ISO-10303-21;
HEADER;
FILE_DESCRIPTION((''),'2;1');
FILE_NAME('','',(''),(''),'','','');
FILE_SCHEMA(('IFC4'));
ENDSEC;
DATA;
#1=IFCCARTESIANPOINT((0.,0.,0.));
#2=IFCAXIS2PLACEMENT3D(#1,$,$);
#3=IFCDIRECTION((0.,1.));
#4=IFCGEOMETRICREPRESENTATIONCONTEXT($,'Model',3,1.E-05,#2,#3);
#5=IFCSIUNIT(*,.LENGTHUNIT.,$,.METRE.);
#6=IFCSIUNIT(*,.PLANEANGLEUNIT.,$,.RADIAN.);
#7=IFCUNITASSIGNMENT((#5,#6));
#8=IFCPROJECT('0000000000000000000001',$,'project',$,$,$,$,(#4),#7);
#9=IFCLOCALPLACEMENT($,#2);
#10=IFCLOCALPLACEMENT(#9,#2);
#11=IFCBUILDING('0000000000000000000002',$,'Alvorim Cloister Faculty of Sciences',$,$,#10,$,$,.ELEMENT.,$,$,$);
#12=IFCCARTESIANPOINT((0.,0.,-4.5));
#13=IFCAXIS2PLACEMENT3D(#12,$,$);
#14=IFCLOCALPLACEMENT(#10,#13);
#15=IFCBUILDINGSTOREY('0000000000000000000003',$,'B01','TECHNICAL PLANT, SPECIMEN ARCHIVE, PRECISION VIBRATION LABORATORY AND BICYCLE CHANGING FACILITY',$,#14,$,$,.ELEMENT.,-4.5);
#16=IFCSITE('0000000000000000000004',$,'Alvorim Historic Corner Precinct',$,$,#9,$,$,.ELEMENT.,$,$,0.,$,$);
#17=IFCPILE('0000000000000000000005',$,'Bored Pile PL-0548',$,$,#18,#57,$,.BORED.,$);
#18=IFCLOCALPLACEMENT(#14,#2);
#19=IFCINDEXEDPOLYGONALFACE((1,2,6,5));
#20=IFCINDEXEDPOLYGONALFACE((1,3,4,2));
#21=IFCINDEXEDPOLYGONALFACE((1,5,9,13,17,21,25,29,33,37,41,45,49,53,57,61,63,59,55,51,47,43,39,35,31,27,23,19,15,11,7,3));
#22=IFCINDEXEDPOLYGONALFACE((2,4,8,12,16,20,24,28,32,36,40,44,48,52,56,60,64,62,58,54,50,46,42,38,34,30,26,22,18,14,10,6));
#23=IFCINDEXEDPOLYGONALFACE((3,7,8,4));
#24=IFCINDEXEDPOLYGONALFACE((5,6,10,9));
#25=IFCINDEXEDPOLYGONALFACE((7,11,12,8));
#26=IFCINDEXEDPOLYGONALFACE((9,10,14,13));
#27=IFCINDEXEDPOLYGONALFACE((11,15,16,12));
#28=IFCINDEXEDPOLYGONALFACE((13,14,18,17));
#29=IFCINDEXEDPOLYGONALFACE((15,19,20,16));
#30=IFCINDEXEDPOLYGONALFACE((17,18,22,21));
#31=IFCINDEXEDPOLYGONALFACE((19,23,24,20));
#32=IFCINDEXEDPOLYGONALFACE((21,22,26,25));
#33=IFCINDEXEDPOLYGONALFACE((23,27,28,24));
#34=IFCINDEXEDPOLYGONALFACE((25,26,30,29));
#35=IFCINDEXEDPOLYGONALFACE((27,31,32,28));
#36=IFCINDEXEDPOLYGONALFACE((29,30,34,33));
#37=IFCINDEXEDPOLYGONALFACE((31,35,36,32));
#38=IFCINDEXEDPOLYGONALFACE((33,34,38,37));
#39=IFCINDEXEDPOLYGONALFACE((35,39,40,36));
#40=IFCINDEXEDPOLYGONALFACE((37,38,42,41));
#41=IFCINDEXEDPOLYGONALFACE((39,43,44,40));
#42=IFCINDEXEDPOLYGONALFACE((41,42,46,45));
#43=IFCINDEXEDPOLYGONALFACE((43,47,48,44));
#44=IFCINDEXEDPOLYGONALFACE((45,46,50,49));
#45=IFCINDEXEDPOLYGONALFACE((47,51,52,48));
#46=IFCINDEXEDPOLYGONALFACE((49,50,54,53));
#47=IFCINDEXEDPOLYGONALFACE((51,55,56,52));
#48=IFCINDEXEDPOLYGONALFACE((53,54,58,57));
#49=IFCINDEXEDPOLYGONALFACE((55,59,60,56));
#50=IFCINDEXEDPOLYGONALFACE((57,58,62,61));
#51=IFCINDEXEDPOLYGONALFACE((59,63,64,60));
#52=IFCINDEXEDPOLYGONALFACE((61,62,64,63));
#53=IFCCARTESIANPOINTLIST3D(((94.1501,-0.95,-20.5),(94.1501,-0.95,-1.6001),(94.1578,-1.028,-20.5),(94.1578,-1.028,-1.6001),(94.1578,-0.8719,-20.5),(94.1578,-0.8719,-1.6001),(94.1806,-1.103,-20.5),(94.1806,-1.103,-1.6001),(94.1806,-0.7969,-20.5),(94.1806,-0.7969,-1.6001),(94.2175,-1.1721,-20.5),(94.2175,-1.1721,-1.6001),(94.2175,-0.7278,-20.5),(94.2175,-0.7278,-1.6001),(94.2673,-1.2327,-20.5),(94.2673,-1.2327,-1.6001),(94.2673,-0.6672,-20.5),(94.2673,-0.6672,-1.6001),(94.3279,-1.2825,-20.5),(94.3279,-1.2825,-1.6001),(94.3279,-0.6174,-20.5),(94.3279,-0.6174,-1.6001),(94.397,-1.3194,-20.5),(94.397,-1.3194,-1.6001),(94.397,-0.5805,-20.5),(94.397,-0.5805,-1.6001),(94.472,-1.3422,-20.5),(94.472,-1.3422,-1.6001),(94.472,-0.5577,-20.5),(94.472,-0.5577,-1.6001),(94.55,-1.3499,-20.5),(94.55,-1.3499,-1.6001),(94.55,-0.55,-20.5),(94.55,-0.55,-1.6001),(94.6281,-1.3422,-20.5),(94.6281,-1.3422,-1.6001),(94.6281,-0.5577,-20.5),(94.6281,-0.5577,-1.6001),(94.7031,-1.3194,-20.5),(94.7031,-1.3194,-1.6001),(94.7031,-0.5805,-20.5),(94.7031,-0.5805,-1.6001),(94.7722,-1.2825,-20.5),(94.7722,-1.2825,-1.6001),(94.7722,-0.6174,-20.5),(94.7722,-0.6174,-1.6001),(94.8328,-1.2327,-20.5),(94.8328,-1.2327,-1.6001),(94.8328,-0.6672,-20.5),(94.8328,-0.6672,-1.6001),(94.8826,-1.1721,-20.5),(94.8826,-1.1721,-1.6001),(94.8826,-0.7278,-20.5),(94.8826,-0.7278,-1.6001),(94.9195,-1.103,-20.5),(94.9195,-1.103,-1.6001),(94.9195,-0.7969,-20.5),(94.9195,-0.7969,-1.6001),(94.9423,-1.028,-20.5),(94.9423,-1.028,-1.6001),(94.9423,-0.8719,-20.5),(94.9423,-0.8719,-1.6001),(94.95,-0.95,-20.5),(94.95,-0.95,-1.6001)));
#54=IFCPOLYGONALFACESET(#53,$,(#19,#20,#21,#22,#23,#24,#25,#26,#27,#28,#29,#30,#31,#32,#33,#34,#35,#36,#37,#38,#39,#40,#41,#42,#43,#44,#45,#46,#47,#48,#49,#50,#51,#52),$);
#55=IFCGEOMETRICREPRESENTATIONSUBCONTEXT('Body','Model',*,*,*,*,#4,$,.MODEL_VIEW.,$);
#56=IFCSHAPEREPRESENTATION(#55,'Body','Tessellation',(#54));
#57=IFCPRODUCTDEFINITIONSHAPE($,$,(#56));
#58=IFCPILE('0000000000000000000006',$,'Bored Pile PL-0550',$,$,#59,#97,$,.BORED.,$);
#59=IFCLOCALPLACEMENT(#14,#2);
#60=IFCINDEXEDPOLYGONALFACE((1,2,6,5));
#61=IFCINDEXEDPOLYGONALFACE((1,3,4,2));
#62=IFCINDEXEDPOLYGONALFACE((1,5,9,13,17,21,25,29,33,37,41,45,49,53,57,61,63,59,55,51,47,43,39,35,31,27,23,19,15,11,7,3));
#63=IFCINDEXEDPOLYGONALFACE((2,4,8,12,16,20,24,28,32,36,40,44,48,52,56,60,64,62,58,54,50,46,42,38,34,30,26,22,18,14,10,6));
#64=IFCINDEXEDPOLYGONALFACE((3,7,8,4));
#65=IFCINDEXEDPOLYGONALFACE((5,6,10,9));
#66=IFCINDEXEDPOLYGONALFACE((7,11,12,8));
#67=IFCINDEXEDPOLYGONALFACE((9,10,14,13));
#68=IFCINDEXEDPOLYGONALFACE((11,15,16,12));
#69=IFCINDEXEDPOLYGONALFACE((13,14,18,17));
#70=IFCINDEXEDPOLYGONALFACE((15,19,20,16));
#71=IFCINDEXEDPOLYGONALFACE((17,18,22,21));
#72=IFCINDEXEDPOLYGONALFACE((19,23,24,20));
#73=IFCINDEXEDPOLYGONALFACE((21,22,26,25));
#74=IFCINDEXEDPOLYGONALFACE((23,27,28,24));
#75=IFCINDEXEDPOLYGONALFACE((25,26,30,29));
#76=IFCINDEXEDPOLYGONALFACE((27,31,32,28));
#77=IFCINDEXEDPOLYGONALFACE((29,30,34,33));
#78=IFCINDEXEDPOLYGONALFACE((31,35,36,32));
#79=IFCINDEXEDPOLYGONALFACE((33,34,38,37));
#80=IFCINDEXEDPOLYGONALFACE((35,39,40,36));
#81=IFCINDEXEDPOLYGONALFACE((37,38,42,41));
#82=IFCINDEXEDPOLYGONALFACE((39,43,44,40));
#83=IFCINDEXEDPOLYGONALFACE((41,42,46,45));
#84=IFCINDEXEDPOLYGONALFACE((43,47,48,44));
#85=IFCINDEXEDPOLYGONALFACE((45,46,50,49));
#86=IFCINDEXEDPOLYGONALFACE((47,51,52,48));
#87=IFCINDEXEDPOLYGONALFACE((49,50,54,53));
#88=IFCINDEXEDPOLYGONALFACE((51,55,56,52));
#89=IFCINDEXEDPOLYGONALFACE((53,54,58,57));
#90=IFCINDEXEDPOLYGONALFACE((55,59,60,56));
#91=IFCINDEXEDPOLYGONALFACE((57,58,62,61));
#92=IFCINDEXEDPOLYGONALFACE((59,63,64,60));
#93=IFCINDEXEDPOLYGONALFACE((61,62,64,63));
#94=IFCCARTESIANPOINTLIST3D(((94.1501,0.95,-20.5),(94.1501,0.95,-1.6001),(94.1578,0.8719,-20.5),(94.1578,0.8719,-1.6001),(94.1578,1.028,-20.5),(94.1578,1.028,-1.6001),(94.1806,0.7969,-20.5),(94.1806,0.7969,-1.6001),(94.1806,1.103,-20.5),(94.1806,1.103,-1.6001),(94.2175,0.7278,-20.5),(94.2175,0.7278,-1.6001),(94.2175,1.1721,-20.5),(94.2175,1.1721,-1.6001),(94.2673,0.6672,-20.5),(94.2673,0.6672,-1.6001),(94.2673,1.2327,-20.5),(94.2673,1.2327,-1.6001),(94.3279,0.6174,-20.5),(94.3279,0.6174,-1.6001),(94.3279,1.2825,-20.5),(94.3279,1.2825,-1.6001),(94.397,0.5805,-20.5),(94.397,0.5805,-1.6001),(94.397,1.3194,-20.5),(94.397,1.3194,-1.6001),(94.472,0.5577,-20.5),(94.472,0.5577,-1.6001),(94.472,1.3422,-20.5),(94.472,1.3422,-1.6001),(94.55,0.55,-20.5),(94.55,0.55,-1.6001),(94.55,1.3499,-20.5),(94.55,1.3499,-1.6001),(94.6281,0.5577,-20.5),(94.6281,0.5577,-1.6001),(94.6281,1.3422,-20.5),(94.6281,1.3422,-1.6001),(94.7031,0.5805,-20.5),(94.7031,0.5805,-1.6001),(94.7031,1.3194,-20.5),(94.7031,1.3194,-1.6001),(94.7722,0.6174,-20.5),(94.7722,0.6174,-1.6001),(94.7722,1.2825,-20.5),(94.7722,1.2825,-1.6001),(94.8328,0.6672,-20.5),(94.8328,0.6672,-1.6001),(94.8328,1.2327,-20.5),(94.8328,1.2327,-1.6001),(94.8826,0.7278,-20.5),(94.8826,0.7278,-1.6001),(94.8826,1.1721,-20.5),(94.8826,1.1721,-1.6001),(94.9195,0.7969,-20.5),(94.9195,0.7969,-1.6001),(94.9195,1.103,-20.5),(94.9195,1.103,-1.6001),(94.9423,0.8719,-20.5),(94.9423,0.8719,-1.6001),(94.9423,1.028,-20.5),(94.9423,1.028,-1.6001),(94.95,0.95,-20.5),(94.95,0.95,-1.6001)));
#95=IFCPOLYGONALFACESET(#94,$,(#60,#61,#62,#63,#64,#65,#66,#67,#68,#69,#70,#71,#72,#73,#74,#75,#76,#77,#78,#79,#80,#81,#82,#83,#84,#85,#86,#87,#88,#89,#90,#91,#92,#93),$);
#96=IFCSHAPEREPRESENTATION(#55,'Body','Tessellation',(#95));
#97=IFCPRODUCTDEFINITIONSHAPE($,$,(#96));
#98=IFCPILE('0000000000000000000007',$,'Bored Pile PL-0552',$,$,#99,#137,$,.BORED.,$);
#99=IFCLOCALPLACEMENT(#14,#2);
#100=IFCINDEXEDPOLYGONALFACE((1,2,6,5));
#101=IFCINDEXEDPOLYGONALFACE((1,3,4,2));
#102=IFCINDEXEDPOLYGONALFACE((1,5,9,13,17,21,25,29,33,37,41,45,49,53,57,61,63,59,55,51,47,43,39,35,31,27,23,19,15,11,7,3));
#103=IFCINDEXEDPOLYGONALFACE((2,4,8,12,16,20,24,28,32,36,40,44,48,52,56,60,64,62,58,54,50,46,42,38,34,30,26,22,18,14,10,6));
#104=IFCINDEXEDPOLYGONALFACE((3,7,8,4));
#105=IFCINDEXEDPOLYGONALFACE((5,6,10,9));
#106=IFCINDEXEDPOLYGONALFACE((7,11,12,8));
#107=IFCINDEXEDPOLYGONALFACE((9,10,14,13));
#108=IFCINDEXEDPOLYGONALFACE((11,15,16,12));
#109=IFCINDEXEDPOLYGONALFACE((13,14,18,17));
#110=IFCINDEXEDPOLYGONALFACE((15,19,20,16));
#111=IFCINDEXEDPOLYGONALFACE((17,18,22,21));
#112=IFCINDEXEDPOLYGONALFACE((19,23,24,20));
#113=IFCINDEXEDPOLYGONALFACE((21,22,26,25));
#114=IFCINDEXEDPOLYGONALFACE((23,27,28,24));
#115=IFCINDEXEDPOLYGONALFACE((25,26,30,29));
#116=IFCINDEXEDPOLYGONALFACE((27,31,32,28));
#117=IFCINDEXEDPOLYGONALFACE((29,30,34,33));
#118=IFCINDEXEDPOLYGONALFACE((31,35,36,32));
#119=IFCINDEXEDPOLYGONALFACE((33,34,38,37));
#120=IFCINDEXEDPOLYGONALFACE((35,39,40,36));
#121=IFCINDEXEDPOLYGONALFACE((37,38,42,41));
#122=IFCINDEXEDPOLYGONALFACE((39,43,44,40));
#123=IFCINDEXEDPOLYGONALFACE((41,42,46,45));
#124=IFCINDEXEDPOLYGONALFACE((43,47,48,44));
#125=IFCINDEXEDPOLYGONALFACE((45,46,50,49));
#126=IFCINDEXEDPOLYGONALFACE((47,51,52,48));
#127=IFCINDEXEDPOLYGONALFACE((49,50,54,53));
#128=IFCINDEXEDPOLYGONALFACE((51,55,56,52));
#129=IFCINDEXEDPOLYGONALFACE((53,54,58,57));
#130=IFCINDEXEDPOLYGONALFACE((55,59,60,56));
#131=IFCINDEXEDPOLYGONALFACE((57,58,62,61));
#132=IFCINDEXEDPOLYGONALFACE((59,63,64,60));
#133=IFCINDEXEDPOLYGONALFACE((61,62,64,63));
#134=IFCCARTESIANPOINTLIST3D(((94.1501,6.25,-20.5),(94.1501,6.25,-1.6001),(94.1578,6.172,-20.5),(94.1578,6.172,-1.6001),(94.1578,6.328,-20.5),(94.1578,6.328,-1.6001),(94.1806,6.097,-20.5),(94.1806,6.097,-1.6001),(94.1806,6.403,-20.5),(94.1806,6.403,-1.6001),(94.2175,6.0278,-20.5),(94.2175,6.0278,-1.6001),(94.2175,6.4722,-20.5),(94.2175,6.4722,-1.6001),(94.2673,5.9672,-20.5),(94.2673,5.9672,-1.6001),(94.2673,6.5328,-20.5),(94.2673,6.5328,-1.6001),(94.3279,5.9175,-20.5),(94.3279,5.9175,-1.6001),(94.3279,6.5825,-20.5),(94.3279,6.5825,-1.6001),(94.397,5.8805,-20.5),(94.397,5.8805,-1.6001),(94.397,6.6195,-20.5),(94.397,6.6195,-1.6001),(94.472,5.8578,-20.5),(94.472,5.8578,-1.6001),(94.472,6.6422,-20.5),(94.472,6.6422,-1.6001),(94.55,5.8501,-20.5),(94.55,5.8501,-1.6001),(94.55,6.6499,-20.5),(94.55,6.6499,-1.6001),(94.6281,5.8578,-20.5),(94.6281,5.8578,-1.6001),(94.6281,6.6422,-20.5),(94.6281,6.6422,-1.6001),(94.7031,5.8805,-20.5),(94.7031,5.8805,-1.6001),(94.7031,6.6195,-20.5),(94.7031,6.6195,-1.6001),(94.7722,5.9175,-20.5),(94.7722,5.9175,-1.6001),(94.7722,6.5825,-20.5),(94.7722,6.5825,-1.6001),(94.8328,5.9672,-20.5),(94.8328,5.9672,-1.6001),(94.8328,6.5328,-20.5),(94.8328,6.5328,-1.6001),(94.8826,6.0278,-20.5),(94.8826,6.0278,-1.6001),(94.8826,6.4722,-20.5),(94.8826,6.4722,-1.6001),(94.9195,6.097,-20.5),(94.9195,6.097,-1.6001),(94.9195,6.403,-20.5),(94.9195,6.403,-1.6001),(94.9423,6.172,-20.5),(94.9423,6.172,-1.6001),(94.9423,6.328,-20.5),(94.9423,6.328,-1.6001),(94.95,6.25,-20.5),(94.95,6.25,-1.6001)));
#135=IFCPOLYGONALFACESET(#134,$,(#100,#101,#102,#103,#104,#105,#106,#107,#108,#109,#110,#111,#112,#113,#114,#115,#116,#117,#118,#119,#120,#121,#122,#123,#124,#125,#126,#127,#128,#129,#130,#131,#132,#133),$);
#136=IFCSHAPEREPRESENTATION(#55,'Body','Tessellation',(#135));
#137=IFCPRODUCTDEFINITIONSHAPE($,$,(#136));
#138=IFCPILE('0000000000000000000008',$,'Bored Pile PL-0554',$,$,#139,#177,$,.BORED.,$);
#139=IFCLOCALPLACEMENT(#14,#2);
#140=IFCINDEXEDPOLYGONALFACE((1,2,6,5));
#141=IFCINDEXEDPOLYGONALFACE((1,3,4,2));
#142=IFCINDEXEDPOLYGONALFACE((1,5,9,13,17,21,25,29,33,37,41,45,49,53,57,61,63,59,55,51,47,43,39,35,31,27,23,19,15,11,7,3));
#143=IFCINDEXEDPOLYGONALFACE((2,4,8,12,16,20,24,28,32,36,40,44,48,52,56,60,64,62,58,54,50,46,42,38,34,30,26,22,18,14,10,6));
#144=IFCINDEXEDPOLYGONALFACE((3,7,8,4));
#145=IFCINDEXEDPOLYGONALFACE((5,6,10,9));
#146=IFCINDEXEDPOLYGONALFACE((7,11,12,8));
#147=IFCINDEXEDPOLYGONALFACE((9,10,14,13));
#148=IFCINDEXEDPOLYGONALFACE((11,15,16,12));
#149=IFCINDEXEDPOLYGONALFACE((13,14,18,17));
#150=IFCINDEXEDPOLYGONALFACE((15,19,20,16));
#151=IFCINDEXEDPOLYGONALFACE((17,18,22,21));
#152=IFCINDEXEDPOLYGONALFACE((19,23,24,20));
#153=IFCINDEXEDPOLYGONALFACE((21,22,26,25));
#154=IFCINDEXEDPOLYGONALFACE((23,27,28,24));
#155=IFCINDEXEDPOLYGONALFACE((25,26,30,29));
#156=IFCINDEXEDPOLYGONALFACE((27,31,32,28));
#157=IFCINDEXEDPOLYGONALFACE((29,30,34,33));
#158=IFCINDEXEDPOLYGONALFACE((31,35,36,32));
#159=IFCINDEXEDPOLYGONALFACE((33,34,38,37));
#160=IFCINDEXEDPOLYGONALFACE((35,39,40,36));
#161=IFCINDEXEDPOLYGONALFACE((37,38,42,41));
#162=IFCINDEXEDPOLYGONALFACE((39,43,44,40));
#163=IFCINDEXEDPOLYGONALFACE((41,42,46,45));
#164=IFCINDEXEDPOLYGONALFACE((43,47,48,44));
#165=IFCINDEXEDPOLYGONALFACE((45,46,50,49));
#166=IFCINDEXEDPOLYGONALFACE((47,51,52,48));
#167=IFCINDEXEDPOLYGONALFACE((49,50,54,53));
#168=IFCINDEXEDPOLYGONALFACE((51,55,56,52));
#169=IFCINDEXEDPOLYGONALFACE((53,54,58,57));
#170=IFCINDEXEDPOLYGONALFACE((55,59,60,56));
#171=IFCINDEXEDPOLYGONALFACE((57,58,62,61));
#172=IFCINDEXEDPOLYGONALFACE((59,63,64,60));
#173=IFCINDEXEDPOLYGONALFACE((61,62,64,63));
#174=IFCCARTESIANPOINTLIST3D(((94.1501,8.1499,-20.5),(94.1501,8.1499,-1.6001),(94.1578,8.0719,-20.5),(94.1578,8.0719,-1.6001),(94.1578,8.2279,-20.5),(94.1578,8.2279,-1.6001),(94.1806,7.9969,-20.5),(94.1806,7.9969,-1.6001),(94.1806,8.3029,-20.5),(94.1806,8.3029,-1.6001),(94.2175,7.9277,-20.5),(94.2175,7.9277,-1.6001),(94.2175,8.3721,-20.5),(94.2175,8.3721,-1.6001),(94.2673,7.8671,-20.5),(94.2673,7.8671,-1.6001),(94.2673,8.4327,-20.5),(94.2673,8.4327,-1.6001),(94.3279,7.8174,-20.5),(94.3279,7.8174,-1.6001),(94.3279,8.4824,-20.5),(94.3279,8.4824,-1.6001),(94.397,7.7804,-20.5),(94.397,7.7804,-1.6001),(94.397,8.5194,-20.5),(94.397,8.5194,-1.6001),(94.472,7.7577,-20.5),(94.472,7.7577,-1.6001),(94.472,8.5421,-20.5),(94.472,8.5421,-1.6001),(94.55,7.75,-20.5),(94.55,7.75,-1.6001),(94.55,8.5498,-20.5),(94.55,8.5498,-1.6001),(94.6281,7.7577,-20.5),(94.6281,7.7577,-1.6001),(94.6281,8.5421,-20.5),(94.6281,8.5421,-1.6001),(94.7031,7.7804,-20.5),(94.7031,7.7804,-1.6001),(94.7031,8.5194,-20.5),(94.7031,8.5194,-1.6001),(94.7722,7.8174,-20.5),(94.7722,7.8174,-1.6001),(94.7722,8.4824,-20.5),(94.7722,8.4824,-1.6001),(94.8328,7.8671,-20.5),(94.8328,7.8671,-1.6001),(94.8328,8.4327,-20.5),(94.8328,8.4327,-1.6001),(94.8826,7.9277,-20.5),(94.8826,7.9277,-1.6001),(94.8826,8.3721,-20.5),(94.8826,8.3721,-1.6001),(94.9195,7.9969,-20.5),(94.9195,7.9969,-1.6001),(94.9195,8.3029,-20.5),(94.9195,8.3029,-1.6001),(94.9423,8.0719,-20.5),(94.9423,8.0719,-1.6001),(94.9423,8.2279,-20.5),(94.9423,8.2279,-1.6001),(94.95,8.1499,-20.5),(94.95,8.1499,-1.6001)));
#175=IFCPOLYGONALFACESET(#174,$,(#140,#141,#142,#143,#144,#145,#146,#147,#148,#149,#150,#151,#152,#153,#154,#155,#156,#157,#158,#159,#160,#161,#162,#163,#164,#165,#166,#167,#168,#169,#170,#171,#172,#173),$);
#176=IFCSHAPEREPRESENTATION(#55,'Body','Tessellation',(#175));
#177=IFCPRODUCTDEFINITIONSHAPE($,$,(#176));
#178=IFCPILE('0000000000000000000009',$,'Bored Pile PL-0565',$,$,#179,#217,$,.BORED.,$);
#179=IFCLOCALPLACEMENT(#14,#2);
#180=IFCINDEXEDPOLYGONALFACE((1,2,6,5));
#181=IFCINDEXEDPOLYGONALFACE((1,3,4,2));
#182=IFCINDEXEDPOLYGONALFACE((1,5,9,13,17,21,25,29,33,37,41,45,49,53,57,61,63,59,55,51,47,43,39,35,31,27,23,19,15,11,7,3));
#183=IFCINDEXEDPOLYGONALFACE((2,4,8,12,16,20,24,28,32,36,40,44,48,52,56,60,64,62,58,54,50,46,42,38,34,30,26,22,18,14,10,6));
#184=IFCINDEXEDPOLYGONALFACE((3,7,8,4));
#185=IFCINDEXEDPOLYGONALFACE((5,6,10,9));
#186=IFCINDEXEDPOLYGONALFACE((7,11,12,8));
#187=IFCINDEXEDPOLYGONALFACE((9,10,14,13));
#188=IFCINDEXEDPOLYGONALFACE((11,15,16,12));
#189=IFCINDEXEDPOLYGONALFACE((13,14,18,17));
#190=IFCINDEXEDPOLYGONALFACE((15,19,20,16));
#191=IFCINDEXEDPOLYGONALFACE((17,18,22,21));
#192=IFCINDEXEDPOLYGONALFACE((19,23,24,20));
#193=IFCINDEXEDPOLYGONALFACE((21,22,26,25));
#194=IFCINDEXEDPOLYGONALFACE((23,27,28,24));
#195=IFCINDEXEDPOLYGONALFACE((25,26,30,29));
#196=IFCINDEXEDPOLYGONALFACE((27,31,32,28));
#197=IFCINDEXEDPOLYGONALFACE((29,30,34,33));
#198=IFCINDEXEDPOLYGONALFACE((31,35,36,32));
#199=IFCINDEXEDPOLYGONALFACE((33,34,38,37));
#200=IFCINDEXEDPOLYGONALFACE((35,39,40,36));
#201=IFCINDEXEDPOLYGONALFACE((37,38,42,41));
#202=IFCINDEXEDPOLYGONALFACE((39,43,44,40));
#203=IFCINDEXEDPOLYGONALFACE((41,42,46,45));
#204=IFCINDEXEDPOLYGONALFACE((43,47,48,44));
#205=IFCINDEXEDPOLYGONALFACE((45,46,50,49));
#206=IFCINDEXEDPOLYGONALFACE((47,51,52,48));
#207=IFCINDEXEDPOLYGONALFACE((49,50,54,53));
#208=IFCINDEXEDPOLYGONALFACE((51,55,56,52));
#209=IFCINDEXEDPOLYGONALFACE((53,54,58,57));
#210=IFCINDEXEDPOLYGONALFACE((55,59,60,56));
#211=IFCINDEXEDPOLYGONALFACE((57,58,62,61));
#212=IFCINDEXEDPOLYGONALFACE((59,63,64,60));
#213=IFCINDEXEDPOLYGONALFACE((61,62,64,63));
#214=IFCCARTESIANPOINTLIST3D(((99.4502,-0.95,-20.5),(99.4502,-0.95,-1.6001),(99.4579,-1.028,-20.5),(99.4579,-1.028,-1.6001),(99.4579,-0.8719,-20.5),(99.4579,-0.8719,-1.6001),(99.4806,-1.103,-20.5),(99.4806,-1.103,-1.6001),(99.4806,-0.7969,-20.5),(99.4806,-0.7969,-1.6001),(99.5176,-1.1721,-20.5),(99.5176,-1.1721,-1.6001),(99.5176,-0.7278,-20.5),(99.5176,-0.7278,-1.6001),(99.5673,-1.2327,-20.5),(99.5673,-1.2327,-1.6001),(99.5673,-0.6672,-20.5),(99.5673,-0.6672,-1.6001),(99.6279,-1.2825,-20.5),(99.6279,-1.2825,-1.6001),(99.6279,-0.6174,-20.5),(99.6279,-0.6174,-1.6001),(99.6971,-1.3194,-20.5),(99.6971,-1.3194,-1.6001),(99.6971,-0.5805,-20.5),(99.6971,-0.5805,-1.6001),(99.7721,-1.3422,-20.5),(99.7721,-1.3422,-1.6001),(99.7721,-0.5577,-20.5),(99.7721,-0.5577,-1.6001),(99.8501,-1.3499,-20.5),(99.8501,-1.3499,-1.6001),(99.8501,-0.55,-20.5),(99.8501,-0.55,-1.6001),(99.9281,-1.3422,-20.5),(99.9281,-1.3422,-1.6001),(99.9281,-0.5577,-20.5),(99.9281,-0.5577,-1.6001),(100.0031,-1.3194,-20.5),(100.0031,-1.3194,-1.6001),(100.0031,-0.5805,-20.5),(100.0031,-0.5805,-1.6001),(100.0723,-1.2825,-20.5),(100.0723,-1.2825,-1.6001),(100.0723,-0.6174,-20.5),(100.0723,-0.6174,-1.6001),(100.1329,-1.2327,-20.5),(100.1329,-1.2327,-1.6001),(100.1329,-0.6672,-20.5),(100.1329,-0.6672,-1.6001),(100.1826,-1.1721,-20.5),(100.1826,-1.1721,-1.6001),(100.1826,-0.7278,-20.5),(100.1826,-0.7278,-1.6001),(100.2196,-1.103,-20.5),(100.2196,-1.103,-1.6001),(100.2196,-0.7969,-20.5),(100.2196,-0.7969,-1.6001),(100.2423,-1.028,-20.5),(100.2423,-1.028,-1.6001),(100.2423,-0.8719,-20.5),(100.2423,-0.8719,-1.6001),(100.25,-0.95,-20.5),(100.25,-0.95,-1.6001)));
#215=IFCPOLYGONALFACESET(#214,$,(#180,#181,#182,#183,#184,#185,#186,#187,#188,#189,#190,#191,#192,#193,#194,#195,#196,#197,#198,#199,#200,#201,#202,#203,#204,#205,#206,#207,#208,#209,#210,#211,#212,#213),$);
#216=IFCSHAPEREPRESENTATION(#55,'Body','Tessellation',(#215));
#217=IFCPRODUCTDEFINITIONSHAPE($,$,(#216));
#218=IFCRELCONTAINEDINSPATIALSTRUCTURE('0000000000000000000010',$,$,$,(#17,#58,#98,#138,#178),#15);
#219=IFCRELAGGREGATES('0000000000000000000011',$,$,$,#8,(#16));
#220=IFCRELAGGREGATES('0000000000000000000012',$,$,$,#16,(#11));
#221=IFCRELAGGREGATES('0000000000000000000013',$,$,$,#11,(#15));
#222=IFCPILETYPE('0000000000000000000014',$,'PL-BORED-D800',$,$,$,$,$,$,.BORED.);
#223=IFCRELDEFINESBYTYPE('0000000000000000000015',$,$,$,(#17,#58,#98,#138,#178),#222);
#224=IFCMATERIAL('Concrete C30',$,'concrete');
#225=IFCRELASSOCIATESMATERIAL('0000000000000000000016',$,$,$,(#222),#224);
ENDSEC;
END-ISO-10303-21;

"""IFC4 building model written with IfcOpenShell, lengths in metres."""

from ifc_helpers import new_model, si_unit, direction, frame, origin, origin_2d, place, context, subcontext, project, spatial, circle, extrude, material, material_profile, profile_set, type_object, element, save


model = new_model("IFC4")

# Units and contexts
model_context = context("Model", 3, precision=1e-05, world=origin(), true_north=direction((0.0, 1.0)))
body_context = subcontext(model_context, "Body", "Model", "MODEL_VIEW")
ifc_project = project(units=[si_unit("LENGTHUNIT", "METRE"), si_unit("PLANEANGLEUNIT", "RADIAN")], contexts=[model_context])

# Site, building, storey
site_placement = place(None, origin())
site = spatial("IfcSite", under=ifc_project, at=site_placement, Name="Alvorim Historic Corner Precinct", CompositionType="ELEMENT", RefElevation=0.0)
building_placement = place(site_placement, origin())
building = spatial("IfcBuilding", under=site, at=building_placement, Name="Alvorim Cloister Faculty of Sciences", CompositionType="ELEMENT")
storey_placement = place(building_placement, frame((0.0, 0.0, -4.5)))
storey = spatial("IfcBuildingStorey", under=building, at=storey_placement, Name="B01", Description="TECHNICAL PLANT, SPECIMEN ARCHIVE, PRECISION VIBRATION LABORATORY AND BICYCLE CHANGING FACILITY", CompositionType="ELEMENT", Elevation=-4.5)

# Piles
ifc_material_1 = material(Name="Concrete C30", Category="concrete")
ifc_material_profile_1 = material_profile(ifc_material_1, circle(Radius=0.3999, at=origin_2d()), Name="PILE-D800")
ifc_profile_set_1 = profile_set([ifc_material_profile_1], Name="Concrete C30")
pile_type_1 = type_object("IfcPileType", Name="PL-BORED-D800", PredefinedType="BORED", material=ifc_profile_set_1)
for number, where, z_axis, x_axis, name in (
    (1, (94.55, -0.95, -1.6001), (0.0, 0.0, -1.0), (1.0, 0.0, 0.0), "Bored Pile PL-0548"),
    (2, (94.55, 0.95, -1.6001), (0.0, 0.0, -1.0), (1.0, 0.0, 0.0), "Bored Pile PL-0550"),
    (3, (94.55, 6.25, -1.6001), (0.0, 0.0, -1.0), (1.0, 0.0, 0.0), "Bored Pile PL-0552"),
    (4, (94.55, 8.1499, -1.6001), (0.0, 0.0, -1.0), (1.0, 0.0, 0.0), "Bored Pile PL-0554"),
    (5, (99.8501, -0.95, -1.6001), (0.0, 0.0, -1.0), (1.0, 0.0, 0.0), "Bored Pile PL-0565"),
):
    element("IfcPile", number, at=place(storey_placement, frame(where, z_axis=z_axis, x_axis=x_axis)), inside=storey, type_object=pile_type_1, Name=name, PredefinedType="BORED", context=body_context, shape_type="SweptSolid", body=[
        extrude(circle(Radius=0.3999, at=origin_2d()), origin(), (0.0, 0.0, 1.0), 18.8999),
    ])

save(model, "model.ifc")
